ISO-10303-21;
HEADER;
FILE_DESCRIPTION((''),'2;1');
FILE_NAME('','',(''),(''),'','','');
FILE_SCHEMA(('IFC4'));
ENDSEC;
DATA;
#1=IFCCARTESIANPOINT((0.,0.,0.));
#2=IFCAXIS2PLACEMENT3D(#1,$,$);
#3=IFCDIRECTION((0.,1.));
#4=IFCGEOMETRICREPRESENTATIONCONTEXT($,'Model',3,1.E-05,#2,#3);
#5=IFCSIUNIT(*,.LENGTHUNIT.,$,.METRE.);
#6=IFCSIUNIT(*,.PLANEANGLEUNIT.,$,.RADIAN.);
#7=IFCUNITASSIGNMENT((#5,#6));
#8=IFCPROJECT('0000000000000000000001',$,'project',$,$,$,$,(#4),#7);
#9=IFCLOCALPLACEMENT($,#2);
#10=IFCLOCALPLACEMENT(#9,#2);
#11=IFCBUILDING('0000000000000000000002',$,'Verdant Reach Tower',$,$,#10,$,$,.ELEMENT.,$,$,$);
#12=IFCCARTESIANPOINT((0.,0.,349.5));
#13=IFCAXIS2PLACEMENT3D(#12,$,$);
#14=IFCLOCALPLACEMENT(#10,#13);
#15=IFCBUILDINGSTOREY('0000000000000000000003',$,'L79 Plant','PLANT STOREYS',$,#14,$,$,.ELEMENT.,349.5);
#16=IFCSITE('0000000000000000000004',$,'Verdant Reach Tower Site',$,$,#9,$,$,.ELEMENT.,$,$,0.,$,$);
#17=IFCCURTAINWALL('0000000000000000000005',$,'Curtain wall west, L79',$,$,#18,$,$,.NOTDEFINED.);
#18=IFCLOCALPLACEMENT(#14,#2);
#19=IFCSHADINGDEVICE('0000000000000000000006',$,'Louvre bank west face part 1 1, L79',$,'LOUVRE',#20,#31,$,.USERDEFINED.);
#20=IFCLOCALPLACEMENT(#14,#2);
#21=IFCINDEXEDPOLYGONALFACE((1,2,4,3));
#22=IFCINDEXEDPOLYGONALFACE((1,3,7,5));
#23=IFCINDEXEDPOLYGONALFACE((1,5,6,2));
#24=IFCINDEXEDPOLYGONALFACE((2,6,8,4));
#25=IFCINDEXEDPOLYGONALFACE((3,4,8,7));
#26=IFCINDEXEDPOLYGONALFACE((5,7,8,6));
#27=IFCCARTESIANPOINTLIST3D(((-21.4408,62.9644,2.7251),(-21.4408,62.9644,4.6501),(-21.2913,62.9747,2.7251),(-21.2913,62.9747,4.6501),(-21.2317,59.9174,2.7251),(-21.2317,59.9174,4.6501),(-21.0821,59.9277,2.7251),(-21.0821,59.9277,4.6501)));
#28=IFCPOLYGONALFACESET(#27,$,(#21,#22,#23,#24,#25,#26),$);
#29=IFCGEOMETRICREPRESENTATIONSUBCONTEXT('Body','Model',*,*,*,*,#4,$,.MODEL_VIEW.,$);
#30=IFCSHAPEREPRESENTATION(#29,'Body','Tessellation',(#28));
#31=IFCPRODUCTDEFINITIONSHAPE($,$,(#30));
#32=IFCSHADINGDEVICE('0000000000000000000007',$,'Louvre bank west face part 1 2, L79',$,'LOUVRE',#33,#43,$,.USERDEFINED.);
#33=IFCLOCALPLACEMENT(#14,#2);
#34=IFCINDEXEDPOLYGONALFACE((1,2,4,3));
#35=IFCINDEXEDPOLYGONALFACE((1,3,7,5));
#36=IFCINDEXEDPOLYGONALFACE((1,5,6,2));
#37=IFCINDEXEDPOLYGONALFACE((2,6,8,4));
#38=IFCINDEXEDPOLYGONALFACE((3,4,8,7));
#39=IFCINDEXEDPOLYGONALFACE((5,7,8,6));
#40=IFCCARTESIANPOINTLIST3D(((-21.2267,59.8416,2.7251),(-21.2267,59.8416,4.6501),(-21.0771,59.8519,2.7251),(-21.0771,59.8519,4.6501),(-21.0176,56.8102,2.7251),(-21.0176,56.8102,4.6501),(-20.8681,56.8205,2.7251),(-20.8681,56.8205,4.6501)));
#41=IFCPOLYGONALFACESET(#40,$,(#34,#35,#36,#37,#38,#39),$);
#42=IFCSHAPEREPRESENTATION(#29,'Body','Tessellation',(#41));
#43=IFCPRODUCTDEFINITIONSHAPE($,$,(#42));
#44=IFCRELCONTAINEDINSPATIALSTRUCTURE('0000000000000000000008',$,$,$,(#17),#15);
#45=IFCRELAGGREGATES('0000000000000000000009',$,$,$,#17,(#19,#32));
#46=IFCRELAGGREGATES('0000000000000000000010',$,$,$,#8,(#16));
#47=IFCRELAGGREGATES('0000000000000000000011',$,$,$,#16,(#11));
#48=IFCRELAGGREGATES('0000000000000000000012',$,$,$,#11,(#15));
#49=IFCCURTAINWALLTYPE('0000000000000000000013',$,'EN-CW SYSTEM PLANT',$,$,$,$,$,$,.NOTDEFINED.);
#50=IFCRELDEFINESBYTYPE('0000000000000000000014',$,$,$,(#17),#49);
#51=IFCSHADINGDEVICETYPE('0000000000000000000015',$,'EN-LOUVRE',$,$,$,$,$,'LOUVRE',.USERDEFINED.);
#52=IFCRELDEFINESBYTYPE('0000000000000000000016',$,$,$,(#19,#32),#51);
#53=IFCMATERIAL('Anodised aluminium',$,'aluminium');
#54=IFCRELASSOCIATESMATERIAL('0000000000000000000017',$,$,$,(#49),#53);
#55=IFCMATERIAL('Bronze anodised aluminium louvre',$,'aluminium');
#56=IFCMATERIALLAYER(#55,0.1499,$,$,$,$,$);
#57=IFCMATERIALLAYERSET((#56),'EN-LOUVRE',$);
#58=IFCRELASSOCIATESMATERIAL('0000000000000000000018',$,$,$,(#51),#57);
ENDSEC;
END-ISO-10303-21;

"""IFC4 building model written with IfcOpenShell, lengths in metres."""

from ifc_helpers import new_model, si_unit, direction, frame, origin, origin_2d, place, context, subcontext, project, spatial, rectangle, extrude, material, layer, layer_set, type_object, element, aggregate, save


model = new_model("IFC4")

# Units and contexts
model_context = context("Model", 3, precision=1e-05, world=origin(), true_north=direction((0.0, 1.0)))
body_context = subcontext(model_context, "Body", "Model", "MODEL_VIEW")
ifc_project = project(units=[si_unit("LENGTHUNIT", "METRE"), si_unit("PLANEANGLEUNIT", "RADIAN")], contexts=[model_context])

# Site, building, storey
site_placement = place(None, origin())
site = spatial("IfcSite", under=ifc_project, at=site_placement, Name="Verdant Reach Tower Site", CompositionType="ELEMENT", RefElevation=0.0)
building_placement = place(site_placement, origin())
building = spatial("IfcBuilding", under=site, at=building_placement, Name="Verdant Reach Tower", CompositionType="ELEMENT")
storey_placement = place(building_placement, frame((0.0, 0.0, 349.5)))
storey = spatial("IfcBuildingStorey", under=building, at=storey_placement, Name="L79 Plant", Description="PLANT STOREYS", CompositionType="ELEMENT", Elevation=349.5)

# Curtain wall
ifc_material_1 = material(Name="Anodised aluminium", Category="aluminium")
curtain_wall_type = type_object("IfcCurtainWallType", Name="EN-CW SYSTEM PLANT", PredefinedType="NOTDEFINED", material=ifc_material_1)
curtain_wall_1_placement = place(storey_placement, origin())
curtain_wall_1 = element("IfcCurtainWall", 1, at=curtain_wall_1_placement, inside=storey, type_object=curtain_wall_type, Name="Curtain wall west, L79", PredefinedType="NOTDEFINED")

# Shading devices
ifc_material_2 = material(Name="Bronze anodised aluminium louvre", Category="aluminium")
ifc_layer_1 = layer(ifc_material_2, 0.1499)
ifc_layer_set_1 = layer_set([ifc_layer_1], Name="EN-LOUVRE")
shading_device_type = type_object("IfcShadingDeviceType", Name="EN-LOUVRE", ElementType="LOUVRE", PredefinedType="USERDEFINED", material=ifc_layer_set_1)
shading_device_1_placement = place(storey_placement, frame((-21.2615, 61.446, 2.7251), z_axis=(0.0, 0.0, 1.0), x_axis=(0.068469, -0.997653, 0.0)))
shading_device_1 = element("IfcShadingDevice", 2, at=shading_device_1_placement, type_object=shading_device_type, Name="Louvre bank west face part 1 1, L79", ObjectType="LOUVRE", PredefinedType="USERDEFINED", context=body_context, shape_type="SweptSolid", body=[
    extrude(rectangle(XDim=3.0542, YDim=0.1499, at=origin_2d()), origin(), (0.0, 0.0, 1.0), 1.925),
])
shading_device_2_placement = place(storey_placement, frame((-21.0474, 58.3311, 2.7251), z_axis=(0.0, 0.0, 1.0), x_axis=(0.068802, -0.99763, 0.0)))
shading_device_2 = element("IfcShadingDevice", 3, at=shading_device_2_placement, type_object=shading_device_type, Name="Louvre bank west face part 1 2, L79", ObjectType="LOUVRE", PredefinedType="USERDEFINED", context=body_context, shape_type="SweptSolid", body=[
    extrude(rectangle(XDim=3.0386, YDim=0.1499, at=origin_2d()), origin(), (0.0, 0.0, 1.0), 1.925),
])
aggregate(curtain_wall_1, [shading_device_1, shading_device_2])

save(model, "model.ifc")
